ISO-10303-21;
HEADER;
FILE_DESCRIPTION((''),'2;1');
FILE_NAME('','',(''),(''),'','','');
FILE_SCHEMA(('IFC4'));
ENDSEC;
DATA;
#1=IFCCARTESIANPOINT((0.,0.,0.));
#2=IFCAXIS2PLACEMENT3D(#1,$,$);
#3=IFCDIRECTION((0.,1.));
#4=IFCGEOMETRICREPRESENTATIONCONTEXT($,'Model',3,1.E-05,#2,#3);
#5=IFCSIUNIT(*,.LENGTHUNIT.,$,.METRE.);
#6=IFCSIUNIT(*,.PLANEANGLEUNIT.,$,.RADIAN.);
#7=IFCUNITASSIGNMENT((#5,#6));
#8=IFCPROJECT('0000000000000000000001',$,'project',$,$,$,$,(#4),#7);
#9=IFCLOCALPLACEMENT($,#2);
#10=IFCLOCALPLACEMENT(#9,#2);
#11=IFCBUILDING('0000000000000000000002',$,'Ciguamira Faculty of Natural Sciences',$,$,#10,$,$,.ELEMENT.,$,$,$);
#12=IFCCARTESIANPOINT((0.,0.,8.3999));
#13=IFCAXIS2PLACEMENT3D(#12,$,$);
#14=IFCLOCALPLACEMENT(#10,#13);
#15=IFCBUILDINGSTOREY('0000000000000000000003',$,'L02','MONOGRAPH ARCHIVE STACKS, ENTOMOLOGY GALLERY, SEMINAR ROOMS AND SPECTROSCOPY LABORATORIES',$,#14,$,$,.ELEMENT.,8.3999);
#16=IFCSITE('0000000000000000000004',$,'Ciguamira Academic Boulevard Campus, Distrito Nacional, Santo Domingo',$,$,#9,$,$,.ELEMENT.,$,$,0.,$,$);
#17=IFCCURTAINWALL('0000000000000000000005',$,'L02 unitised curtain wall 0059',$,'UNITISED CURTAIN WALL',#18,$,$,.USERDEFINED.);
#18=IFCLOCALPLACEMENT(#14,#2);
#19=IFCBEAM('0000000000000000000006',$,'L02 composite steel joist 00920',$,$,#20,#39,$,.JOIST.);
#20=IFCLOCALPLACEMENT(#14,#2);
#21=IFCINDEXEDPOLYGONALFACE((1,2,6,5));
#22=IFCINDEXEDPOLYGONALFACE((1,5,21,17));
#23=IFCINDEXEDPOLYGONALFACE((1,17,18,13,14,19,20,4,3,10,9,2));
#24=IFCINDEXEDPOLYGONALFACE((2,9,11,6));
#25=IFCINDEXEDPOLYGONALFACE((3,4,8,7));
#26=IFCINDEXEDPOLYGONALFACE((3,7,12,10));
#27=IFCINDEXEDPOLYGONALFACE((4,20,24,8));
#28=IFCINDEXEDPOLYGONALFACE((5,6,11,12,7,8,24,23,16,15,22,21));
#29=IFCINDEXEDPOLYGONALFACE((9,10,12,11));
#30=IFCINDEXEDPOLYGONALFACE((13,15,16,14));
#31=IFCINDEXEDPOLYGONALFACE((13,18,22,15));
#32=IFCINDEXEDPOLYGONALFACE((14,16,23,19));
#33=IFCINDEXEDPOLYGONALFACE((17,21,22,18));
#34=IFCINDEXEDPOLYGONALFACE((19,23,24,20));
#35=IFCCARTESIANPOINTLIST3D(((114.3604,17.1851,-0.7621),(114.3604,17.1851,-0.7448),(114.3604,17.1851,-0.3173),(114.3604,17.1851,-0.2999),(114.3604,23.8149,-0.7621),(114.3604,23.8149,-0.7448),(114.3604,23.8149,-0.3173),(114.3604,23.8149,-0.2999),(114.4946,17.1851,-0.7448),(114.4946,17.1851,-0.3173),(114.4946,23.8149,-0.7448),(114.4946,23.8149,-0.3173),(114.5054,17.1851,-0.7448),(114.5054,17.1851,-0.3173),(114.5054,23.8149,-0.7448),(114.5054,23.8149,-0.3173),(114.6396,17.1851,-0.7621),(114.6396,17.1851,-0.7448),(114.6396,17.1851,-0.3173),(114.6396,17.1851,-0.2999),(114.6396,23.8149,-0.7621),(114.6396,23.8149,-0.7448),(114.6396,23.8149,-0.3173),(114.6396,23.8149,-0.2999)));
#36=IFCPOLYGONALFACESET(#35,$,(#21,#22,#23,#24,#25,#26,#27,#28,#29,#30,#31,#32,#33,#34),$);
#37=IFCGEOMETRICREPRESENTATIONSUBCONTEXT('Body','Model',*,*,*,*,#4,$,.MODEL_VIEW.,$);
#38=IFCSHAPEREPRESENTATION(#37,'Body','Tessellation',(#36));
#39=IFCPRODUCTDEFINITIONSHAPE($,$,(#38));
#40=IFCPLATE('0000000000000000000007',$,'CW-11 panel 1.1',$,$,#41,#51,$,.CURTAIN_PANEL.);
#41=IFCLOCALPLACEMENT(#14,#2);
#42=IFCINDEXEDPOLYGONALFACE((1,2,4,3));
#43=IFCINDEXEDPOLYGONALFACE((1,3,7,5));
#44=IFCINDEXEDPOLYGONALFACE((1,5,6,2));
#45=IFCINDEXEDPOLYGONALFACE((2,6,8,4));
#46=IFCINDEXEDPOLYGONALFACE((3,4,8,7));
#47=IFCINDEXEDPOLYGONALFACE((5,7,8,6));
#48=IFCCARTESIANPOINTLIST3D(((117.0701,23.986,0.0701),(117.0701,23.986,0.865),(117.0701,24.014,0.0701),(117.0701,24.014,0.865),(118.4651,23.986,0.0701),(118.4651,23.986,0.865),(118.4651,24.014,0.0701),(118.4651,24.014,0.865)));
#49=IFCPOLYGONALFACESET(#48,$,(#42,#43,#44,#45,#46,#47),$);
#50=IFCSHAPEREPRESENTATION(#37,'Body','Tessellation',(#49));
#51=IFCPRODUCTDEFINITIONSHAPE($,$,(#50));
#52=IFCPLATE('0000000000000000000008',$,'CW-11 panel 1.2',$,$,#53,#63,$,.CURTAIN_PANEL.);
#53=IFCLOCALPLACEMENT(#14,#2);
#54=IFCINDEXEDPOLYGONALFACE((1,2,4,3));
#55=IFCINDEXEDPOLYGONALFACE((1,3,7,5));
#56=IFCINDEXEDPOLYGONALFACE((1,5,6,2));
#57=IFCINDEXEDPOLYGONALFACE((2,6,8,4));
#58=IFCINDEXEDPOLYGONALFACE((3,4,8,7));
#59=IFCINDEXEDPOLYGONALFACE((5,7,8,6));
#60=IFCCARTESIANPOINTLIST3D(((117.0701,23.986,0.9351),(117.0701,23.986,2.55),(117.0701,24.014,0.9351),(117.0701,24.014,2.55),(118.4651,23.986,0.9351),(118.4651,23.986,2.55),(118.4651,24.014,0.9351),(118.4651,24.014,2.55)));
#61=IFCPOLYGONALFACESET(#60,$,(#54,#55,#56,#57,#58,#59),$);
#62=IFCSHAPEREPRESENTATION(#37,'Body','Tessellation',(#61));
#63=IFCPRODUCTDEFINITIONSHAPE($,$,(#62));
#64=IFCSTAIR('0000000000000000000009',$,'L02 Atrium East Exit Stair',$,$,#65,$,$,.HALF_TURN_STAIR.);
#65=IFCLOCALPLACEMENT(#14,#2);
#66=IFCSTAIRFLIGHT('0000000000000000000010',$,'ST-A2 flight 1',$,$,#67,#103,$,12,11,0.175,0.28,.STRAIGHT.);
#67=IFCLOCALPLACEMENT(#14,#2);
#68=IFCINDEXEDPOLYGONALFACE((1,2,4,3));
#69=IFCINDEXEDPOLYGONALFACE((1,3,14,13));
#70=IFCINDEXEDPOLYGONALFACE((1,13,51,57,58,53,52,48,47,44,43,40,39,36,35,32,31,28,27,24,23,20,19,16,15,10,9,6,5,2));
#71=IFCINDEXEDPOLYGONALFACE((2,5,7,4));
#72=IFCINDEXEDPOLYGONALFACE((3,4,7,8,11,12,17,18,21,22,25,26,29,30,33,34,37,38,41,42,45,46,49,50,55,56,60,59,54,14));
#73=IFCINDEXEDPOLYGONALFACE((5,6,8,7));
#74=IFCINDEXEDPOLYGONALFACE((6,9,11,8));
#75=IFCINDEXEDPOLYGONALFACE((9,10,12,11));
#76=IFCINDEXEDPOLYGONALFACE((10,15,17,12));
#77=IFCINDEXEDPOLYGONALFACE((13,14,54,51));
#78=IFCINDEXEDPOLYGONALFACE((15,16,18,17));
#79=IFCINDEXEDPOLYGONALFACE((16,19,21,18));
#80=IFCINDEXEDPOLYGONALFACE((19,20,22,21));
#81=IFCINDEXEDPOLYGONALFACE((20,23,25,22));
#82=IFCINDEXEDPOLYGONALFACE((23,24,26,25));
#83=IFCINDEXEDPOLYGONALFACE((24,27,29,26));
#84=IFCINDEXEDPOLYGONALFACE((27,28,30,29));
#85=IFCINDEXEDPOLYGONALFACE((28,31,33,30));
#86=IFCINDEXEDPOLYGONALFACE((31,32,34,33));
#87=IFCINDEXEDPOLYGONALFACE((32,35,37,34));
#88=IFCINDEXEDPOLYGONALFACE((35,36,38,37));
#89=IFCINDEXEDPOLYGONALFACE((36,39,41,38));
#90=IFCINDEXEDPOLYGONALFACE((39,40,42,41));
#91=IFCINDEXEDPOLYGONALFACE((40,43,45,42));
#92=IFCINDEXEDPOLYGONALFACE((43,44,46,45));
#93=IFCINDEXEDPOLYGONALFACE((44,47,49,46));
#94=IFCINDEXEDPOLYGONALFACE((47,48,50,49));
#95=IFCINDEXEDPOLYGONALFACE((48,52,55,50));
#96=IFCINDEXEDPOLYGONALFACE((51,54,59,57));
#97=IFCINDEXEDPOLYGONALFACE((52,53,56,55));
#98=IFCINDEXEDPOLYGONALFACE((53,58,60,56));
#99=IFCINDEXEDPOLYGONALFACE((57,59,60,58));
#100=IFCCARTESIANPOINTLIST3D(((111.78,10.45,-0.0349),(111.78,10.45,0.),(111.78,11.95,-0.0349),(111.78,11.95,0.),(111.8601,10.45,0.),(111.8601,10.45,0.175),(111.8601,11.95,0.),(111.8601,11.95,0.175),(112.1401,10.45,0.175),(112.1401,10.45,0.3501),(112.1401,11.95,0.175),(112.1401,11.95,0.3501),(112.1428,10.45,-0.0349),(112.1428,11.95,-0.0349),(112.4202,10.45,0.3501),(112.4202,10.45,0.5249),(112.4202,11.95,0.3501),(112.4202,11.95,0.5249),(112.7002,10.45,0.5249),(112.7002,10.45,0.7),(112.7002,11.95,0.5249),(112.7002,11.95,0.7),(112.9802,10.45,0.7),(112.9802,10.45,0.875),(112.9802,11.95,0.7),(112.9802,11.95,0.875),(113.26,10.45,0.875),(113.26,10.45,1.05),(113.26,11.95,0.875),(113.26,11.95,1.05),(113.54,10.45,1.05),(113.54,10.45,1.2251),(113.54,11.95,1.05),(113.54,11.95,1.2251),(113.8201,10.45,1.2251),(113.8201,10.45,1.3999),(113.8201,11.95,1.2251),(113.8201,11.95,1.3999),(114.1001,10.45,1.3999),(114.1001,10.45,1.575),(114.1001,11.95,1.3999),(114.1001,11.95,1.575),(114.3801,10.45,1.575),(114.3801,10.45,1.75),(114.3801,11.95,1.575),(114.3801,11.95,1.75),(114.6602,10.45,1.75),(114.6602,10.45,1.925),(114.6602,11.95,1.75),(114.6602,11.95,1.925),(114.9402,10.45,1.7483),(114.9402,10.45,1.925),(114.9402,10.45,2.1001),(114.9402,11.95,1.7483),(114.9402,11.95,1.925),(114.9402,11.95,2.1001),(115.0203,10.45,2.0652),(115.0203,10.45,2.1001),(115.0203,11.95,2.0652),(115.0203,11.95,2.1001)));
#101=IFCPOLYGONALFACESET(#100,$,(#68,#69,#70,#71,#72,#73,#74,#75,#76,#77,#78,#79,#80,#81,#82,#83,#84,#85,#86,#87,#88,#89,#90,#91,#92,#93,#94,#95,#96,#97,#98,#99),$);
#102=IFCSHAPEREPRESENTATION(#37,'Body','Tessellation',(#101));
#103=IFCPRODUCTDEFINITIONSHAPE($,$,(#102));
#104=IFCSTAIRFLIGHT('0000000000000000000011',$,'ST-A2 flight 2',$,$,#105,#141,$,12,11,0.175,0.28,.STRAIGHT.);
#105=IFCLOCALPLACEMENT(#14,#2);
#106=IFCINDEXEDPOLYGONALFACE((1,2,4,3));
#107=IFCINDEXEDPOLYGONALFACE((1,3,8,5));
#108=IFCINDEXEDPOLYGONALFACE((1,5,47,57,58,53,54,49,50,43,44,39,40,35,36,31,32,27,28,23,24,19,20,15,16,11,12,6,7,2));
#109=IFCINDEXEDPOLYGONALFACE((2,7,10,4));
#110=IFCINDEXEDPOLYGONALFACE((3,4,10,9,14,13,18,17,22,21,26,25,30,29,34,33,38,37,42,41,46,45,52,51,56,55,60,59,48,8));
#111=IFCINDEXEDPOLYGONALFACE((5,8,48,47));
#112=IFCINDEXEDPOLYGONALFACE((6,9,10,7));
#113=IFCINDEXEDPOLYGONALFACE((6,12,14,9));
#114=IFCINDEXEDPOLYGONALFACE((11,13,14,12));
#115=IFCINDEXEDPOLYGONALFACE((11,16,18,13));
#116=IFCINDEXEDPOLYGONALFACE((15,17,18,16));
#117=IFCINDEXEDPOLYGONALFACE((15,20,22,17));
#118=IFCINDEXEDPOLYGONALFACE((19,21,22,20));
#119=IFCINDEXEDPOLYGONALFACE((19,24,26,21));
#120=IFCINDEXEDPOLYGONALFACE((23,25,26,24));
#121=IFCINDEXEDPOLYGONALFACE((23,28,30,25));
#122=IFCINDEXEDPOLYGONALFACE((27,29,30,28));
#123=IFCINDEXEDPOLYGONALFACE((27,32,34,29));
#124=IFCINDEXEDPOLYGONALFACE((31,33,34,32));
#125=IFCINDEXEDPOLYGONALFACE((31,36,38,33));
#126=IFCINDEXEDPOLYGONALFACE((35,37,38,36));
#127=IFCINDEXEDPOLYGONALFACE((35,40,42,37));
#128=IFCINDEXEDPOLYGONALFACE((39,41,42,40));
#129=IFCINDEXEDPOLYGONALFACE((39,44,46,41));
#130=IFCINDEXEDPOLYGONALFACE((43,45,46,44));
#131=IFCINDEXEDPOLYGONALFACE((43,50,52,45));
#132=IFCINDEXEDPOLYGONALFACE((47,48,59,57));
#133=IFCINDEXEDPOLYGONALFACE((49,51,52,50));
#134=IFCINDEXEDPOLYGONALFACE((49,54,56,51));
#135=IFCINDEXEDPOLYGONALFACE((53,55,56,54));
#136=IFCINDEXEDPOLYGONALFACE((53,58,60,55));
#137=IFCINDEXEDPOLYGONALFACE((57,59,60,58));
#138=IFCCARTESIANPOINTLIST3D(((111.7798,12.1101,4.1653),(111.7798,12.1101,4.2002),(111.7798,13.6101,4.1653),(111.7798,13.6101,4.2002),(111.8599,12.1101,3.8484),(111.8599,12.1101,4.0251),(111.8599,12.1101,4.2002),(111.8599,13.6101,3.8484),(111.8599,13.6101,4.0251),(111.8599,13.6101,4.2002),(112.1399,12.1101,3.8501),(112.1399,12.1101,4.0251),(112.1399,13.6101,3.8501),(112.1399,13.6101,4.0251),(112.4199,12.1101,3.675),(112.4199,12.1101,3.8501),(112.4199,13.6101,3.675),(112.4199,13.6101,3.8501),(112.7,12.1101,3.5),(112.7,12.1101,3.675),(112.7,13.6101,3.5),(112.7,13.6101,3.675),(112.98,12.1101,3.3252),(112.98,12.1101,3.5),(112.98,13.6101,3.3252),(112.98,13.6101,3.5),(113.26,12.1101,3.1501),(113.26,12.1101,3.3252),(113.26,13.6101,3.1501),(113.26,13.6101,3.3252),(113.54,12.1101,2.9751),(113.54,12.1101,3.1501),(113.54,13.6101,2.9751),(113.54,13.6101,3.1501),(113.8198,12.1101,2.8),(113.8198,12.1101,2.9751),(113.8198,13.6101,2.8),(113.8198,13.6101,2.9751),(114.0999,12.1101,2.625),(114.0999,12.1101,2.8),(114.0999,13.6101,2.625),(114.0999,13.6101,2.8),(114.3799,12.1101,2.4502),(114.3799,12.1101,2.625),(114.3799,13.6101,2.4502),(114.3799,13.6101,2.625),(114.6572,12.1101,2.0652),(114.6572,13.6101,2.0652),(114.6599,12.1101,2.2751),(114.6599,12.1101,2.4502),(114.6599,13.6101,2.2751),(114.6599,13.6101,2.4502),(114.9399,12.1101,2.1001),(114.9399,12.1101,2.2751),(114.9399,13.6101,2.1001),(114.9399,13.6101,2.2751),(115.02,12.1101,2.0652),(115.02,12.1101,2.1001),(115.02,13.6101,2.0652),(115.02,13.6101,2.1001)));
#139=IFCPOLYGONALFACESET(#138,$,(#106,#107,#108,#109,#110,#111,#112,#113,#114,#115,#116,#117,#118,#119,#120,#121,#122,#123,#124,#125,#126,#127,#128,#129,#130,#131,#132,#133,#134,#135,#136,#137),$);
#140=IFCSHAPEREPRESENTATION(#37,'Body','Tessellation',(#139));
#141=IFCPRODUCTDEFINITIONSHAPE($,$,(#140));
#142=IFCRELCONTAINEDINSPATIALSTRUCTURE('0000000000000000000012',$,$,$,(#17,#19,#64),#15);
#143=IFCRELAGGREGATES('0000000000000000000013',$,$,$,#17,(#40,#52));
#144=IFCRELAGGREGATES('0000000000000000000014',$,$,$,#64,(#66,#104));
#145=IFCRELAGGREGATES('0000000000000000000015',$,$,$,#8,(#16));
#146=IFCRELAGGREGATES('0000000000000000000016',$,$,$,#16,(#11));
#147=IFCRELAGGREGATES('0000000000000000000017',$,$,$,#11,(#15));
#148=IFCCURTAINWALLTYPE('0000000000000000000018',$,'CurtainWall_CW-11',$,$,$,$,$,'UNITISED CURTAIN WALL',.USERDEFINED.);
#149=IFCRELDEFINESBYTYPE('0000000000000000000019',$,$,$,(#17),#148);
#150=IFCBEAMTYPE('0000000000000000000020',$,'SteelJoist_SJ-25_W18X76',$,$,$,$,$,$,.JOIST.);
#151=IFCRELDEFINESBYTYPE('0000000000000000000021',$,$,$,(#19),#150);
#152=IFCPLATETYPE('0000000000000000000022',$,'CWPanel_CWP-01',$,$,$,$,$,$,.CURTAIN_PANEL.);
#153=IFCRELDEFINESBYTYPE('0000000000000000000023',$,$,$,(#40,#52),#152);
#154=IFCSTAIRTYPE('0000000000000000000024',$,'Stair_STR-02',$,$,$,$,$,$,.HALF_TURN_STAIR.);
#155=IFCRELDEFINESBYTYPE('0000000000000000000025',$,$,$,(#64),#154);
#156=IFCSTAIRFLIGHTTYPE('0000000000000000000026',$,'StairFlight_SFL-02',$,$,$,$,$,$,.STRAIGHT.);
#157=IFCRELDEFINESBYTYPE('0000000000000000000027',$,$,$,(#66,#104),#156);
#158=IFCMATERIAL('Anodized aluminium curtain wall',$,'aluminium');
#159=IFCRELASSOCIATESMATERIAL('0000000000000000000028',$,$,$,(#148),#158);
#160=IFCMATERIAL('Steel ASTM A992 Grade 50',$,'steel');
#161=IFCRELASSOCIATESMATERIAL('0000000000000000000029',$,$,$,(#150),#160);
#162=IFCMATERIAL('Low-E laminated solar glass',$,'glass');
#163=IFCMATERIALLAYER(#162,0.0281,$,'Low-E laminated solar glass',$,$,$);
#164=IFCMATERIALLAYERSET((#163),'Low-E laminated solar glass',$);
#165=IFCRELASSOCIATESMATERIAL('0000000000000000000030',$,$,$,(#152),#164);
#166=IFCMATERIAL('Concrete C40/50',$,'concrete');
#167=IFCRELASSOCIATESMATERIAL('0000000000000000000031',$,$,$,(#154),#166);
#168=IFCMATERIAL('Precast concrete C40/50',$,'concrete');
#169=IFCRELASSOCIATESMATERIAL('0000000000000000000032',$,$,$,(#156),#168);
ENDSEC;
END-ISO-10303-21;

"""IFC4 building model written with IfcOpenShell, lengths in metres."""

from ifc_helpers import new_model, si_unit, direction, frame, origin, origin_2d, place, context, subcontext, project, spatial, polyline, rectangle, i_section, outline, extrude, material, layer, layer_set, material_profile, profile_set, type_object, element, aggregate, save


model = new_model("IFC4")

# Units and contexts
model_context = context("Model", 3, precision=1e-05, world=origin(), true_north=direction((0.0, 1.0)))
body_context = subcontext(model_context, "Body", "Model", "MODEL_VIEW")
ifc_project = project(units=[si_unit("LENGTHUNIT", "METRE"), si_unit("PLANEANGLEUNIT", "RADIAN")], contexts=[model_context])

# Site, building, storey
site_placement = place(None, origin())
site = spatial("IfcSite", under=ifc_project, at=site_placement, Name="Ciguamira Academic Boulevard Campus, Distrito Nacional, Santo Domingo", CompositionType="ELEMENT", RefElevation=0.0)
building_placement = place(site_placement, origin())
building = spatial("IfcBuilding", under=site, at=building_placement, Name="Ciguamira Faculty of Natural Sciences", CompositionType="ELEMENT")
storey_placement = place(building_placement, frame((0.0, 0.0, 8.3999)))
storey = spatial("IfcBuildingStorey", under=building, at=storey_placement, Name="L02", Description="MONOGRAPH ARCHIVE STACKS, ENTOMOLOGY GALLERY, SEMINAR ROOMS AND SPECTROSCOPY LABORATORIES", CompositionType="ELEMENT", Elevation=8.3999)

# Shared definitions
ifc_material_1 = material(Name="Concrete C40/50", Category="concrete")

# Curtain wall
ifc_material_2 = material(Name="Anodized aluminium curtain wall", Category="aluminium")
curtain_wall_type = type_object("IfcCurtainWallType", Name="CurtainWall_CW-11", ElementType="UNITISED CURTAIN WALL", PredefinedType="USERDEFINED", material=ifc_material_2)
curtain_wall_placement = place(storey_placement, origin())
curtain_wall = element("IfcCurtainWall", 1, at=curtain_wall_placement, inside=storey, type_object=curtain_wall_type, Name="L02 unitised curtain wall 0059", ObjectType="UNITISED CURTAIN WALL", PredefinedType="USERDEFINED")

# Beam
ifc_material_3 = material(Name="Steel ASTM A992 Grade 50", Category="steel")
ifc_material_profile_1 = material_profile(ifc_material_3, i_section(OverallWidth=0.2793, OverallDepth=0.4622, WebThickness=0.0107, FlangeThickness=0.0173, at=origin_2d()), Name="W18X76")
ifc_profile_set_1 = profile_set([ifc_material_profile_1], Name="Steel ASTM A992 Grade 50")
beam_type_1 = type_object("IfcBeamType", Name="SteelJoist_SJ-25_W18X76", PredefinedType="JOIST", material=ifc_profile_set_1)
beam_1_placement = place(storey_placement, frame((114.5, 17.1851, -0.531), z_axis=(0.0, 1.0, 0.0), x_axis=(-1.0, 0.0, 0.0)))
element("IfcBeam", 2, at=beam_1_placement, inside=storey, type_object=beam_type_1, Name="L02 composite steel joist 00920", PredefinedType="JOIST", context=body_context, shape_type="SweptSolid", body=[
    extrude(i_section(OverallWidth=0.2793, OverallDepth=0.4622, WebThickness=0.0107, FlangeThickness=0.0173, at=origin_2d()), origin(), (0.0, 0.0, 1.0), 6.6299),
])

# Plates
ifc_material_4 = material(Name="Low-E laminated solar glass", Category="glass")
ifc_layer = layer(ifc_material_4, 0.0281, Name="Low-E laminated solar glass")
ifc_layer_set = layer_set([ifc_layer], Name="Low-E laminated solar glass")
plate_type = type_object("IfcPlateType", Name="CWPanel_CWP-01", PredefinedType="CURTAIN_PANEL", material=ifc_layer_set)
plate_1_placement = place(storey_placement, frame((117.7676, 24.0, 0.0701), z_axis=(0.0, 0.0, 1.0), x_axis=(1.0, 0.0, 0.0)))
plate_1 = element("IfcPlate", 3, at=plate_1_placement, type_object=plate_type, Name="CW-11 panel 1.1", PredefinedType="CURTAIN_PANEL", context=body_context, shape_type="SweptSolid", body=[
    extrude(rectangle(XDim=1.395, YDim=0.0281, at=origin_2d()), origin(), (0.0, 0.0, 1.0), 0.7949),
])
plate_2_placement = place(storey_placement, frame((117.7676, 24.0, 0.9351), z_axis=(0.0, 0.0, 1.0), x_axis=(1.0, 0.0, 0.0)))
plate_2 = element("IfcPlate", 4, at=plate_2_placement, type_object=plate_type, Name="CW-11 panel 1.2", PredefinedType="CURTAIN_PANEL", context=body_context, shape_type="SweptSolid", body=[
    extrude(rectangle(XDim=1.395, YDim=0.0281, at=origin_2d()), origin(), (0.0, 0.0, 1.0), 1.615),
])
aggregate(curtain_wall, [plate_1, plate_2])

# Stair, stair flights
stair_type = type_object("IfcStairType", Name="Stair_STR-02", PredefinedType="HALF_TURN_STAIR", material=ifc_material_1)
stair_placement = place(storey_placement, origin())
stair = element("IfcStair", 5, at=stair_placement, inside=storey, type_object=stair_type, Name="L02 Atrium East Exit Stair", PredefinedType="HALF_TURN_STAIR")
ifc_material_5 = material(Name="Precast concrete C40/50", Category="concrete")
stair_flight_type = type_object("IfcStairFlightType", Name="StairFlight_SFL-02", PredefinedType="STRAIGHT", material=ifc_material_5)
stair_flight_1_placement = place(storey_placement, frame((111.8601, 11.2, 0.0), z_axis=(0.0, 0.0, 1.0), x_axis=(1.0, 0.0, 0.0)))
stair_flight_1 = element("IfcStairFlight", 6, at=stair_flight_1_placement, type_object=stair_flight_type, Name="ST-A2 flight 1", NumberOfRisers=12, NumberOfTreads=11, PredefinedType="STRAIGHT", RiserHeight=0.175, TreadLength=0.28, context=body_context, shape_type="SweptSolid", body=[
    extrude(outline(polyline([(-0.0801, -0.0349), (-0.0801, 0.0), (0.0, 0.0), (0.0, 0.175), (0.28, 0.175), (0.28, 0.3501), (0.5601, 0.3501), (0.5601, 0.5249), (0.8401, 0.5249), (0.8401, 0.7), (1.1201, 0.7), (1.1201, 0.875), (1.3999, 0.875), (1.3999, 1.05), (1.6799, 1.05), (1.6799, 1.2251), (1.96, 1.2251), (1.96, 1.3999), (2.24, 1.3999), (2.24, 1.575), (2.52, 1.575), (2.52, 1.75), (2.8, 1.75), (2.8, 1.925), (3.0801, 1.925), (3.0801, 2.1001), (3.1602, 2.1001), (3.1602, 2.0652), (3.0801, 1.7483), (0.2827, -0.0349), (-0.0801, -0.0349)])), frame((0.0, 0.75, 0.0), z_axis=(0.0, -1.0, 0.0), x_axis=(1.0, 0.0, 0.0)), (0.0, 0.0, 1.0), 1.5),
])
stair_flight_2_placement = place(storey_placement, frame((114.9399, 12.8601, 2.1001), z_axis=(0.0, 0.0, 1.0), x_axis=(-1.0, 0.0, 0.0)))
stair_flight_2 = element("IfcStairFlight", 7, at=stair_flight_2_placement, type_object=stair_flight_type, Name="ST-A2 flight 2", NumberOfRisers=12, NumberOfTreads=11, PredefinedType="STRAIGHT", RiserHeight=0.175, TreadLength=0.28, context=body_context, shape_type="SweptSolid", body=[
    extrude(outline(polyline([(-0.0801, -0.0349), (-0.0801, 0.0), (0.0, 0.0), (0.0, 0.175), (0.28, 0.175), (0.28, 0.3501), (0.5601, 0.3501), (0.5601, 0.5249), (0.8401, 0.5249), (0.8401, 0.7), (1.1201, 0.7), (1.1201, 0.875), (1.3999, 0.875), (1.3999, 1.05), (1.6799, 1.05), (1.6799, 1.2251), (1.96, 1.2251), (1.96, 1.3999), (2.24, 1.3999), (2.24, 1.575), (2.52, 1.575), (2.52, 1.75), (2.8, 1.75), (2.8, 1.925), (3.0801, 1.925), (3.0801, 2.1001), (3.1602, 2.1001), (3.1602, 2.0652), (3.0801, 1.7483), (0.2827, -0.0349), (-0.0801, -0.0349)])), frame((0.0, 0.75, 0.0), z_axis=(0.0, -1.0, 0.0), x_axis=(1.0, 0.0, 0.0)), (0.0, 0.0, 1.0), 1.5),
])
aggregate(stair, [stair_flight_1, stair_flight_2])

save(model, "model.ifc")
